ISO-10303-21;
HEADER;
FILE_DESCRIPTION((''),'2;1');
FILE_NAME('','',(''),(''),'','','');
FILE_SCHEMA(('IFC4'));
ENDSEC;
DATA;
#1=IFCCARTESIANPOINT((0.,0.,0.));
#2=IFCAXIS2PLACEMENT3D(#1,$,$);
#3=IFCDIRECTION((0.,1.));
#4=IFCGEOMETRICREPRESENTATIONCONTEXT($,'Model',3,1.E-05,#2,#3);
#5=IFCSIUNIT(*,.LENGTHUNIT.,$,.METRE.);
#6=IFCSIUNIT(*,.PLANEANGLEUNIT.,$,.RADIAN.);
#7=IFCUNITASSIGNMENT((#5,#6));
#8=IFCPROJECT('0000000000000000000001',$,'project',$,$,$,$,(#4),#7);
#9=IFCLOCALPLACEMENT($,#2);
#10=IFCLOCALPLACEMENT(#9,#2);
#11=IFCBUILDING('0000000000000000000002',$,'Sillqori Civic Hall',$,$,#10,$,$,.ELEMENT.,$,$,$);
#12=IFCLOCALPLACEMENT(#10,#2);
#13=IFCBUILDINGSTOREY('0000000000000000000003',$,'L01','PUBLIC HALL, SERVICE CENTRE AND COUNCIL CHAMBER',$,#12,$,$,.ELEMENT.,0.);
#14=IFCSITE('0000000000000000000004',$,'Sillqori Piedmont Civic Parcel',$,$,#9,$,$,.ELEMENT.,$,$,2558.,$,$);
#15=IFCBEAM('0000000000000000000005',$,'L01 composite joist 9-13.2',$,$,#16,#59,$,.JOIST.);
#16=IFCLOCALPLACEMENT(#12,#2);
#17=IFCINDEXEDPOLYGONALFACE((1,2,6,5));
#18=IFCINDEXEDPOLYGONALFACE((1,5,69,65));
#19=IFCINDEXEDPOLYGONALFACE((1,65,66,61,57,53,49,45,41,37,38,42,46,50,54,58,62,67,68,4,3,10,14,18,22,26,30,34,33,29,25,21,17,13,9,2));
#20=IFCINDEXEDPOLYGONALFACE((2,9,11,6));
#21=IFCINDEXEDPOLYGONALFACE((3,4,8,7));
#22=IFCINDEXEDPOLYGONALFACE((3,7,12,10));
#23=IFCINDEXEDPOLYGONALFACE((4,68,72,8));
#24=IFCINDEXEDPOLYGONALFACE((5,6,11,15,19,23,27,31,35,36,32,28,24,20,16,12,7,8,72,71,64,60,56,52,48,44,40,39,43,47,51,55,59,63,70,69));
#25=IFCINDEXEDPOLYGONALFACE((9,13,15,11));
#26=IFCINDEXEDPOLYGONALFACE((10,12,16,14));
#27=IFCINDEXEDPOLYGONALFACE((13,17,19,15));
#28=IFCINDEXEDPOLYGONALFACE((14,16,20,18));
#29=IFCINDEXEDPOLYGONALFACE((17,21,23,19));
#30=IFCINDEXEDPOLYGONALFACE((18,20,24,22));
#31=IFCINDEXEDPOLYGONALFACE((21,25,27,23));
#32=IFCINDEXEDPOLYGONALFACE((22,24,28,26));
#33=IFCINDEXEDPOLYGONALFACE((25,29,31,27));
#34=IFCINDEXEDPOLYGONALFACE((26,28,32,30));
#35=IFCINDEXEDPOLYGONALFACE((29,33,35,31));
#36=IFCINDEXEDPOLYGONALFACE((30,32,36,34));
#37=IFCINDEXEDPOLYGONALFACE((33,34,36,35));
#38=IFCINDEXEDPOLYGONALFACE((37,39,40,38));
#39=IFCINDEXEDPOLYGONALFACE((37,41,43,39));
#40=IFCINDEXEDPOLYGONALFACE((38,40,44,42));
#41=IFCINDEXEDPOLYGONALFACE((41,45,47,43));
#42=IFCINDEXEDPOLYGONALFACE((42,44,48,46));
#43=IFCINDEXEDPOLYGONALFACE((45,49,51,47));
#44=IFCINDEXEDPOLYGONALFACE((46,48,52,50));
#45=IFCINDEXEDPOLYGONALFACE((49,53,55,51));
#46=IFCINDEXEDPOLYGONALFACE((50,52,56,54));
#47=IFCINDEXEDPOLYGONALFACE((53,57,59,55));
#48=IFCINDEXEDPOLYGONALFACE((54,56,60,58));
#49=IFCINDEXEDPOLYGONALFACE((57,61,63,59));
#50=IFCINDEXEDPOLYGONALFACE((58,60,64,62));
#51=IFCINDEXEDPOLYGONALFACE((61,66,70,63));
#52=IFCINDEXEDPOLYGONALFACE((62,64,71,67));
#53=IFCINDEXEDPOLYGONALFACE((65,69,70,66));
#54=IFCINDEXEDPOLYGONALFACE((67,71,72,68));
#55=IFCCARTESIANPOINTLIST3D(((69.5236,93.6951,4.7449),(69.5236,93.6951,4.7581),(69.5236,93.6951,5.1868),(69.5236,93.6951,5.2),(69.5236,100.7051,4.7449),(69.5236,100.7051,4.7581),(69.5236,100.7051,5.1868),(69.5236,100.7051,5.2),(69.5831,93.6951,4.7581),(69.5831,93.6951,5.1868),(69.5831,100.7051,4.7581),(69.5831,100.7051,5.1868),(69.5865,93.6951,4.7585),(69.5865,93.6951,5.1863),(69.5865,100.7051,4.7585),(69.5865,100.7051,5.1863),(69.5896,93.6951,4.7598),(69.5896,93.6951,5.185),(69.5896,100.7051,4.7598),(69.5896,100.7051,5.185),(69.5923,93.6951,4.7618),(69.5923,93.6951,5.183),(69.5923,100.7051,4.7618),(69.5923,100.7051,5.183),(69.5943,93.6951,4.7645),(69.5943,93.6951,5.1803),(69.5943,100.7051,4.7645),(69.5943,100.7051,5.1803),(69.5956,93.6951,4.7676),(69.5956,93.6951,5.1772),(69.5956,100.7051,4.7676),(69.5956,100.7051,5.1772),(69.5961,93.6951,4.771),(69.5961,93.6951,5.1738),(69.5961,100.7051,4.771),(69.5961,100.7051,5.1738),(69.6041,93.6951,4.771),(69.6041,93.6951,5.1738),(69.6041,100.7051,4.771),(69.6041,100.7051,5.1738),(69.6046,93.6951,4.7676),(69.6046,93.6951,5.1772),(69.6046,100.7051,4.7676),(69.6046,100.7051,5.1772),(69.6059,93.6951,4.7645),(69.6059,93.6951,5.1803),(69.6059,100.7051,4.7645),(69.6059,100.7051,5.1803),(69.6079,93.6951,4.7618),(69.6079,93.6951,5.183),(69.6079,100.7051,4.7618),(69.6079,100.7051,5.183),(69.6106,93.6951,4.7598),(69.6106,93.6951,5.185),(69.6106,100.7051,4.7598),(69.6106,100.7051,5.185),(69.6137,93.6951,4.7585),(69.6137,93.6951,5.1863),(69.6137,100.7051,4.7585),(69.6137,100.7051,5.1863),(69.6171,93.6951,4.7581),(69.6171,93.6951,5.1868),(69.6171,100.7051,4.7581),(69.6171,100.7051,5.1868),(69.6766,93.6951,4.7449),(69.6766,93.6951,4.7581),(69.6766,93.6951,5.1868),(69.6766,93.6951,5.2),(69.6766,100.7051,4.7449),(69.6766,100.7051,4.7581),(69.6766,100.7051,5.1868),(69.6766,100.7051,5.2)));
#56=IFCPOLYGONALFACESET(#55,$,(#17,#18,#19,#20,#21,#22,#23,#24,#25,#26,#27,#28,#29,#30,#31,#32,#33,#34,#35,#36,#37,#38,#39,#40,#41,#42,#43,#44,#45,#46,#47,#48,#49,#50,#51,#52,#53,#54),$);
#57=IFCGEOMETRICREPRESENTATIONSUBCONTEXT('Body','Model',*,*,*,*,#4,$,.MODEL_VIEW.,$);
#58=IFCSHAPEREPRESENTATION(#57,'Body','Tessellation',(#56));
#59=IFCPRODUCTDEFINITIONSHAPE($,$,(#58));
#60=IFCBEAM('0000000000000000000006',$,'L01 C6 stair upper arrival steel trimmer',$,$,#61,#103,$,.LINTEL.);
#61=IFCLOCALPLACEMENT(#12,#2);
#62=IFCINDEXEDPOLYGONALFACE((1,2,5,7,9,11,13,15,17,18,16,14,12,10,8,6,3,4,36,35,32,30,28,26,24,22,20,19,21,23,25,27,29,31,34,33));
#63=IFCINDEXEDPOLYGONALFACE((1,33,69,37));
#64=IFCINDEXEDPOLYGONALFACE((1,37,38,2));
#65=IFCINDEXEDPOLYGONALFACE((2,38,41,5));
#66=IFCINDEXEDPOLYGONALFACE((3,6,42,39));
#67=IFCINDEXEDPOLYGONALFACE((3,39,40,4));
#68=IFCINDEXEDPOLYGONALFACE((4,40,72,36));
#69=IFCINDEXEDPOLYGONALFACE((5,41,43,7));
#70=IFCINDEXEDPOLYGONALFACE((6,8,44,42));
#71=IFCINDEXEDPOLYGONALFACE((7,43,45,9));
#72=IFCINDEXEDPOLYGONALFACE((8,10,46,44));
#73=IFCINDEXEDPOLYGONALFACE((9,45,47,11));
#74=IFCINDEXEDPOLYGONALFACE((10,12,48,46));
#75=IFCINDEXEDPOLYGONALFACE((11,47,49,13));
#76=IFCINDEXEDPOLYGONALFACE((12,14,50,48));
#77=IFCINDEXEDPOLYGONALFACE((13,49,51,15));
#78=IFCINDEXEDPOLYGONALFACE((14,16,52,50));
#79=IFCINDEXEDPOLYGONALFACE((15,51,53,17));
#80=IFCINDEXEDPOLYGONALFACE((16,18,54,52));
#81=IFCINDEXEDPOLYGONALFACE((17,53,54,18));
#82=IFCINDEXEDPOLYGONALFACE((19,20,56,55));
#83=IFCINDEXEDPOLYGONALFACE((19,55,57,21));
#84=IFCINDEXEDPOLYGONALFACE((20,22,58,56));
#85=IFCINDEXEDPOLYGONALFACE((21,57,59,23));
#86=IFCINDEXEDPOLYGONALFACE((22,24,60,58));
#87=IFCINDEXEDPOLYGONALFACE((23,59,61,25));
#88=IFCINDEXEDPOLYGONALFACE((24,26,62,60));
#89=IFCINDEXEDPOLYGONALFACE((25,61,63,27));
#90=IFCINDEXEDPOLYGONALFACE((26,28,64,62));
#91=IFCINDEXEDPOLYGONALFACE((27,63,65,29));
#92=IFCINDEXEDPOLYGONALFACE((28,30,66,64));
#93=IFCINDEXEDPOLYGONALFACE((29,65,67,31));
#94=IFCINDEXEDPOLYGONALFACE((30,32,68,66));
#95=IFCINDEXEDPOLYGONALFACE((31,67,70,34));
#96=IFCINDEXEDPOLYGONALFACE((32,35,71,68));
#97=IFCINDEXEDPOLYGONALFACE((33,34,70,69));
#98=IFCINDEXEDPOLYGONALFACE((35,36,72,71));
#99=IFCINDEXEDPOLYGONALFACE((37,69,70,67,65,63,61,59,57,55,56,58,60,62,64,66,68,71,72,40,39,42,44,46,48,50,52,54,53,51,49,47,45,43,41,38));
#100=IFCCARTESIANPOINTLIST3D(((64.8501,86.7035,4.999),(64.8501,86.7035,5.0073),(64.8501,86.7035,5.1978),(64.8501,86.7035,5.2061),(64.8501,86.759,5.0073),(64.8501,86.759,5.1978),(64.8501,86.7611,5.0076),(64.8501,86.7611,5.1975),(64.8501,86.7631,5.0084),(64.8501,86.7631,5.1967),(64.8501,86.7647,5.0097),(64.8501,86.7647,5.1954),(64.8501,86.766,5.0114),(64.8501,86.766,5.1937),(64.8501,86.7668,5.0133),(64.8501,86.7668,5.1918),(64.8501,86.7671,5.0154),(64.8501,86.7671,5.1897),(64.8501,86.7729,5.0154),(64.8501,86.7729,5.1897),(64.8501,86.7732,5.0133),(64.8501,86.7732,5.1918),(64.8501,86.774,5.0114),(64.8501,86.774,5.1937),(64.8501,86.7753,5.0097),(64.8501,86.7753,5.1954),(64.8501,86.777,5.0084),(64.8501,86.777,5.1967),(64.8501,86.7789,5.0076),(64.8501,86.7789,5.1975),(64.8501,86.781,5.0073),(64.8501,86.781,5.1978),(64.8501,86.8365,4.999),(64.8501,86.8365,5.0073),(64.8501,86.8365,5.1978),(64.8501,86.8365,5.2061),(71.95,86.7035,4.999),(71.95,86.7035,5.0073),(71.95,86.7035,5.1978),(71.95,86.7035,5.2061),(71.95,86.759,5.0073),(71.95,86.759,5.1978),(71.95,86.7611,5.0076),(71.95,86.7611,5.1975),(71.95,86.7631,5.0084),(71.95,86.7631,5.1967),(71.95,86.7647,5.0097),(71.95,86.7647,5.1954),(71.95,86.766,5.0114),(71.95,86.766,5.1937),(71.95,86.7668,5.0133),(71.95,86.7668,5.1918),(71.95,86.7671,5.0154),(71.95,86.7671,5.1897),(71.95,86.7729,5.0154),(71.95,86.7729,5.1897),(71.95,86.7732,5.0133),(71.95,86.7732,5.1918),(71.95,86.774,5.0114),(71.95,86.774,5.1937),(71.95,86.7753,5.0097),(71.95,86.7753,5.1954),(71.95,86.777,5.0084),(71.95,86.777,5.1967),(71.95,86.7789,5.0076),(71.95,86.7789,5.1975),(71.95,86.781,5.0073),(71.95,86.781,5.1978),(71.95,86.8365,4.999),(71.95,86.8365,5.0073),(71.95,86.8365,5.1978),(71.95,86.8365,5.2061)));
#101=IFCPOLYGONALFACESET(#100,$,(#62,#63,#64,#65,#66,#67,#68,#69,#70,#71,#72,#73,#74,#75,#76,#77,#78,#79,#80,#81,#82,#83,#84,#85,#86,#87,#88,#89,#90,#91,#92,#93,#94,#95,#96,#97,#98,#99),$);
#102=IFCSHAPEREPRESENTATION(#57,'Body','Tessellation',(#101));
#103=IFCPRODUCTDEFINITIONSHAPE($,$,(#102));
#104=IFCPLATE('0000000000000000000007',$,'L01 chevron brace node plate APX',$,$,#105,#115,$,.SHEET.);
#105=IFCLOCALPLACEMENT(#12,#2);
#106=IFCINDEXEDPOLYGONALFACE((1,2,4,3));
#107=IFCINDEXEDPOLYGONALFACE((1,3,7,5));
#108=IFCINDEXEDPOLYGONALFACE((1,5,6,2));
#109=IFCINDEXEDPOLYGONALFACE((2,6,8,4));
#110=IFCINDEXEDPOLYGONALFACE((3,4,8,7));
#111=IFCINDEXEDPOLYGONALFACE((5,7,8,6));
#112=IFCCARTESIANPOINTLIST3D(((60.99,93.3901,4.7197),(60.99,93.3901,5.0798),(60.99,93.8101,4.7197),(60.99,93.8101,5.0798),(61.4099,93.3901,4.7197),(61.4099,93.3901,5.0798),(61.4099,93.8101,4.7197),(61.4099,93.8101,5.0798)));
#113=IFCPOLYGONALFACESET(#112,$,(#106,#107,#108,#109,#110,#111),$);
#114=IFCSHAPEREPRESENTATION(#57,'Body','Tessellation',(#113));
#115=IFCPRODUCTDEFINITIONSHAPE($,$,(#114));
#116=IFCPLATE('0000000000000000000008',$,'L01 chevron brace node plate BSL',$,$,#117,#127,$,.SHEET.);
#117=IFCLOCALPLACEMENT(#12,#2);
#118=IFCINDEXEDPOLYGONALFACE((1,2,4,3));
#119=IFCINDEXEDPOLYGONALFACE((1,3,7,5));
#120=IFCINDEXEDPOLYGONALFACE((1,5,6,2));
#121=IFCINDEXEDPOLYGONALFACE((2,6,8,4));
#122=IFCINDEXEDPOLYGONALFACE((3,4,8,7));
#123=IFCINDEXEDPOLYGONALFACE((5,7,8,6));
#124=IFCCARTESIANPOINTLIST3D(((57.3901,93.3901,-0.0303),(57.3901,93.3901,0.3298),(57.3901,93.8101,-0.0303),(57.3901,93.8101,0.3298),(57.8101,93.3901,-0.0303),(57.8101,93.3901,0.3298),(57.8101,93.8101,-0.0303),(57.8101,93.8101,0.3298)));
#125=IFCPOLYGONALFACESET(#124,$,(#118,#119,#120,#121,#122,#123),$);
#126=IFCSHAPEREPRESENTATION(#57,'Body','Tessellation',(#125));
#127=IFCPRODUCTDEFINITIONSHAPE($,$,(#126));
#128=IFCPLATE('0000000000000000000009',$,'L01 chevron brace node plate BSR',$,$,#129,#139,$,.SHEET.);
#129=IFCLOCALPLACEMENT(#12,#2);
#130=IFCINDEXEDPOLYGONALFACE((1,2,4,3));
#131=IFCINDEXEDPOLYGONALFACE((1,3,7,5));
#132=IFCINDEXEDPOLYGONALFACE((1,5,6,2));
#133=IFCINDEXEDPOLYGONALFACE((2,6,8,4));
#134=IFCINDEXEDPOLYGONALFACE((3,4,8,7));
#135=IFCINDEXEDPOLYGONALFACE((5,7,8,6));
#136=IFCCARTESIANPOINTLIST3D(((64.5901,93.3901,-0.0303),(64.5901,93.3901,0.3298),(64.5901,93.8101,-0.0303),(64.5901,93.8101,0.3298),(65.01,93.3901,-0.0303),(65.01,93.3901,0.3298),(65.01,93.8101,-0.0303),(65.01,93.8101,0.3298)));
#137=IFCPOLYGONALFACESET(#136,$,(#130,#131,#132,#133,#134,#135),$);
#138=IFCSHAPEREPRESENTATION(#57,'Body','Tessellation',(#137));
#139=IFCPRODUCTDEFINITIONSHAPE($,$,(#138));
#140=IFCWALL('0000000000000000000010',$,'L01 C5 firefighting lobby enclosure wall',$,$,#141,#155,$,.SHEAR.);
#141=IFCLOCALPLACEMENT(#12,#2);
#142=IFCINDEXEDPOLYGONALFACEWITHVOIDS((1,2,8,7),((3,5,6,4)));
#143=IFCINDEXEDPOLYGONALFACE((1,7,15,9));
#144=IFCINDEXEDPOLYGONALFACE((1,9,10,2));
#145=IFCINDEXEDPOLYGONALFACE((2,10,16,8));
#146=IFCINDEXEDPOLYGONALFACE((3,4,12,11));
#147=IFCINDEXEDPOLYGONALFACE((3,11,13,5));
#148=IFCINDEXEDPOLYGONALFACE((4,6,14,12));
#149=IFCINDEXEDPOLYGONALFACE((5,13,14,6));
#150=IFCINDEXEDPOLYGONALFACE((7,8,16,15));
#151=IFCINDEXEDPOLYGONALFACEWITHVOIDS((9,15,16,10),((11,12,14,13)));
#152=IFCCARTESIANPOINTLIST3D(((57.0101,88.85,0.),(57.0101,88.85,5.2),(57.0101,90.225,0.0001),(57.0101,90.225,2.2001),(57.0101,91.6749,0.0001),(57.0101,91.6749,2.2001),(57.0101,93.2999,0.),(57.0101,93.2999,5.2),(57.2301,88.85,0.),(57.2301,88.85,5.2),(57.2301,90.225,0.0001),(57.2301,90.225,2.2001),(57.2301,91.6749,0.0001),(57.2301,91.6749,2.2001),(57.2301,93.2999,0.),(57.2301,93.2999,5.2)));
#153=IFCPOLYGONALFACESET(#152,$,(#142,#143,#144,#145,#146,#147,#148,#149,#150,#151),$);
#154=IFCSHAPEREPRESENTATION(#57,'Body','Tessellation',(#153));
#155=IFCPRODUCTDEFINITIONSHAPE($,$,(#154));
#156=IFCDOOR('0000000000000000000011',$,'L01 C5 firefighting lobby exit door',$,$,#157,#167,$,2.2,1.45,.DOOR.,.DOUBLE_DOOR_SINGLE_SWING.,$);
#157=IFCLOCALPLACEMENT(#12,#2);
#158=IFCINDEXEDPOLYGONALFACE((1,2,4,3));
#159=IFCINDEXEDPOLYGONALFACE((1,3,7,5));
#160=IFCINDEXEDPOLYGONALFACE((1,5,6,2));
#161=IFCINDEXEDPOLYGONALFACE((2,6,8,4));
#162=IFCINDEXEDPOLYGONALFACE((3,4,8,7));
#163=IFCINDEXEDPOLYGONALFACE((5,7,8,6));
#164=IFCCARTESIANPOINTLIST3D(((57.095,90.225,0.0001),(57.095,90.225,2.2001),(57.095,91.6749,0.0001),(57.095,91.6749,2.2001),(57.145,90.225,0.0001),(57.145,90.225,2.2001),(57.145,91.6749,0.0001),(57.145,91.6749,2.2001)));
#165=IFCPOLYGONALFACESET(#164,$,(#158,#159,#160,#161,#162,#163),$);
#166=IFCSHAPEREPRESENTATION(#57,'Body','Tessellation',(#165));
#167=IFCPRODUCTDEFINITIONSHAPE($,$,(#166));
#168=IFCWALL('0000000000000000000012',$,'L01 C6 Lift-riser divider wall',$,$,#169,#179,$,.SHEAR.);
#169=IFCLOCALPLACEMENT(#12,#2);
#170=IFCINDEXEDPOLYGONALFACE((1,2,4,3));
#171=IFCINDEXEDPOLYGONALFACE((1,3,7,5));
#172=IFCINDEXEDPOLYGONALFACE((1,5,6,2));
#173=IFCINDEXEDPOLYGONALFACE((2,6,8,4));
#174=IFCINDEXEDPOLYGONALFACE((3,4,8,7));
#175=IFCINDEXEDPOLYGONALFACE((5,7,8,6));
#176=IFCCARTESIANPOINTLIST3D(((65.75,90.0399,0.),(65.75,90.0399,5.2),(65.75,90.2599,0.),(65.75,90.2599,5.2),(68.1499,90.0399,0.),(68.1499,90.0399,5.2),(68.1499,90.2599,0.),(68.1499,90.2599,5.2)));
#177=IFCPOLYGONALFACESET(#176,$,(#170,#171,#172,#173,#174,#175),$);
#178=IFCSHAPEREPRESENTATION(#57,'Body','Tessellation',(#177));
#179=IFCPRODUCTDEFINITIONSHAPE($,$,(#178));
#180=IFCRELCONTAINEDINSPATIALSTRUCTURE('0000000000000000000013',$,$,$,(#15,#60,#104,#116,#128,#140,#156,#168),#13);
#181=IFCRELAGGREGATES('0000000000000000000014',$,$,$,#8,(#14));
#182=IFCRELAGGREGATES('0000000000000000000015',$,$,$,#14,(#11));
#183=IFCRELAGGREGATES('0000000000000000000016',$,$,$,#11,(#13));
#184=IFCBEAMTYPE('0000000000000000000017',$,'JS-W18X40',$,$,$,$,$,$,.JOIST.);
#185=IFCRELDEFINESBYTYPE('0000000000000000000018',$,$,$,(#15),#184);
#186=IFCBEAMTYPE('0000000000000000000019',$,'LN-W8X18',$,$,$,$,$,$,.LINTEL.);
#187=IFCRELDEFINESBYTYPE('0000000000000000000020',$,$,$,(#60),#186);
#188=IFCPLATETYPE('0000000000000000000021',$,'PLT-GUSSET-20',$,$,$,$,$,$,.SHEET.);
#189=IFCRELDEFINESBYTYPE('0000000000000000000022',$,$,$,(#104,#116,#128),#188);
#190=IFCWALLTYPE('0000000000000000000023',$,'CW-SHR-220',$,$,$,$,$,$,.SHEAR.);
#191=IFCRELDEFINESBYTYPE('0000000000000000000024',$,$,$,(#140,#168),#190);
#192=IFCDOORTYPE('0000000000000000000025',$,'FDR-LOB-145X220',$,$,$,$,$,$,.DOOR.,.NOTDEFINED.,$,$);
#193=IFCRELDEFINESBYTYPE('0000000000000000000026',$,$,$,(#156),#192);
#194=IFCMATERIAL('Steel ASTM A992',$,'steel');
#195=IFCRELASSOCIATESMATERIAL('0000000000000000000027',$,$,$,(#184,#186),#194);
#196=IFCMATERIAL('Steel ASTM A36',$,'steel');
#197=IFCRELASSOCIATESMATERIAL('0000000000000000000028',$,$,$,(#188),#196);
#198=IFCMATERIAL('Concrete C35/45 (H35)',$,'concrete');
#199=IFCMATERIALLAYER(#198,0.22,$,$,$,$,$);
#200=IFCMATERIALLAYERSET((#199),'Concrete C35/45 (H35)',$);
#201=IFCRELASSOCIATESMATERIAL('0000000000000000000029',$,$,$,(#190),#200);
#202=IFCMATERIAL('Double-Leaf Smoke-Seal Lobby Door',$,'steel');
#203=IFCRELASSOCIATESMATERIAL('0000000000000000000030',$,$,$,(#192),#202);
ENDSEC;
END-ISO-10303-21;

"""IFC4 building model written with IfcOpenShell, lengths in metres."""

from ifc_helpers import new_model, si_unit, direction, frame, frame_2d, origin, origin_2d, place, context, subcontext, project, spatial, rectangle, i_section, extrude, material, layer, layer_set, material_profile, profile_set, type_object, element, fill, save


model = new_model("IFC4")

# Units and contexts
model_context = context("Model", 3, precision=1e-05, world=origin(), true_north=direction((0.0, 1.0)))
body_context = subcontext(model_context, "Body", "Model", "MODEL_VIEW")
ifc_project = project(units=[si_unit("LENGTHUNIT", "METRE"), si_unit("PLANEANGLEUNIT", "RADIAN")], contexts=[model_context])

# Site, building, storey
site_placement = place(None, origin())
site = spatial("IfcSite", under=ifc_project, at=site_placement, Name="Sillqori Piedmont Civic Parcel", CompositionType="ELEMENT", RefElevation=2558.0)
building_placement = place(site_placement, origin())
building = spatial("IfcBuilding", under=site, at=building_placement, Name="Sillqori Civic Hall", CompositionType="ELEMENT")
storey_placement = place(building_placement, origin())
storey = spatial("IfcBuildingStorey", under=building, at=storey_placement, Name="L01", Description="PUBLIC HALL, SERVICE CENTRE AND COUNCIL CHAMBER", CompositionType="ELEMENT", Elevation=0.0)

# Shared definitions
ifc_material_1 = material(Name="Steel ASTM A992", Category="steel")

# Beams
ifc_material_profile_1 = material_profile(ifc_material_1, i_section(OverallWidth=0.1531, OverallDepth=0.4551, WebThickness=0.0081, FlangeThickness=0.0132, FilletRadius=0.0129, at=origin_2d()), Name="W18X40")
ifc_profile_set_1 = profile_set([ifc_material_profile_1], Name="Steel ASTM A992")
beam_type_1 = type_object("IfcBeamType", Name="JS-W18X40", PredefinedType="JOIST", material=ifc_profile_set_1)
for number, where, z_axis, x_axis, name in (
    (1, (69.6001, 93.6951, 4.9724), (0.0, 1.0, 0.0), (-1.0, 0.0, 0.0), "L01 composite joist 9-13.2"),
):
    element("IfcBeam", number, at=place(storey_placement, frame(where, z_axis=z_axis, x_axis=x_axis)), inside=storey, type_object=beam_type_1, Name=name, PredefinedType="JOIST", context=body_context, shape_type="SweptSolid", body=[
        extrude(i_section(OverallWidth=0.1531, OverallDepth=0.4551, WebThickness=0.0081, FlangeThickness=0.0132, FilletRadius=0.0129, at=origin_2d()), origin(), (0.0, 0.0, 1.0), 7.01),
    ])
ifc_material_profile_2 = material_profile(ifc_material_1, i_section(OverallWidth=0.1331, OverallDepth=0.207, WebThickness=0.0059, FlangeThickness=0.0083, FilletRadius=0.0081, at=origin_2d()), Name="W8X18")
ifc_profile_set_2 = profile_set([ifc_material_profile_2], Name="Steel ASTM A992")
beam_type_2 = type_object("IfcBeamType", Name="LN-W8X18", PredefinedType="LINTEL", material=ifc_profile_set_2)
beam_1_placement = place(storey_placement, frame((64.8501, 86.77, 5.1025), z_axis=(1.0, 0.0, 0.0), x_axis=(0.0, 1.0, 0.0)))
element("IfcBeam", 2, at=beam_1_placement, inside=storey, type_object=beam_type_2, Name="L01 C6 stair upper arrival steel trimmer", PredefinedType="LINTEL", context=body_context, shape_type="SweptSolid", body=[
    extrude(i_section(OverallWidth=0.1331, OverallDepth=0.207, WebThickness=0.0059, FlangeThickness=0.0083, FilletRadius=0.0081, at=origin_2d()), origin(), (0.0, 0.0, 1.0), 7.0999),
])

# Plates
ifc_material_2 = material(Name="Steel ASTM A36", Category="steel")
plate_type = type_object("IfcPlateType", Name="PLT-GUSSET-20", PredefinedType="SHEET", material=ifc_material_2)
for number, where, z_axis, x_axis, name in (
    (3, (61.2, 93.6001, 4.7197), (0.0, 0.0, 1.0), (1.0, 0.0, 0.0), "L01 chevron brace node plate APX"),
    (4, (57.6001, 93.6001, -0.0303), (0.0, 0.0, 1.0), (1.0, 0.0, 0.0), "L01 chevron brace node plate BSL"),
    (5, (64.8, 93.6001, -0.0303), (0.0, 0.0, 1.0), (1.0, 0.0, 0.0), "L01 chevron brace node plate BSR"),
):
    element("IfcPlate", number, at=place(storey_placement, frame(where, z_axis=z_axis, x_axis=x_axis)), inside=storey, type_object=plate_type, Name=name, PredefinedType="SHEET", context=body_context, shape_type="SweptSolid", body=[
        extrude(rectangle(XDim=0.4199, YDim=0.4199, at=origin_2d()), origin(), (0.0, 0.0, 1.0), 0.3601),
    ])

# Wall, opening, door
ifc_material_3 = material(Name="Concrete C35/45 (H35)", Category="concrete")
ifc_layer_1 = layer(ifc_material_3, 0.22)
ifc_layer_set_1 = layer_set([ifc_layer_1], Name="Concrete C35/45 (H35)")
wall_type_1 = type_object("IfcWallType", Name="CW-SHR-220", PredefinedType="SHEAR", material=ifc_layer_set_1)
wall_1_placement = place(storey_placement, frame((57.1201, 93.3, 0.0), z_axis=(0.0, 0.0, 1.0), x_axis=(0.0, -1.0, 0.0)))
wall_1 = element("IfcWall", 6, at=wall_1_placement, inside=storey, type_object=wall_type_1, Name="L01 C5 firefighting lobby enclosure wall", PredefinedType="SHEAR", context=body_context, shape_type="SweptSolid", body=[
    extrude(rectangle(XDim=4.45, YDim=0.22, at=frame_2d((2.2251, 0.0))), origin(), (0.0, 0.0, 1.0), 5.2),
])
opening_1_placement = place(wall_1_placement, frame((1.625, 0.0, 0.0)))
opening_1 = element("IfcOpeningElement", 7, at=opening_1_placement, cuts=wall_1, PredefinedType="OPENING", context=body_context, shape_type="SweptSolid", body=[
    extrude(rectangle(XDim=1.45, YDim=2.2, at=frame_2d((0.7251, 1.1001))), frame((0.0, 0.1199, 0.0), z_axis=(0.0, -1.0, 0.0), x_axis=(1.0, 0.0, 0.0)), (0.0, 0.0, 1.0), 0.24),
])
ifc_material_4 = material(Name="Double-Leaf Smoke-Seal Lobby Door", Category="steel")
door_type_1 = type_object("IfcDoorType", Name="FDR-LOB-145X220", OperationType="NOTDEFINED", PredefinedType="DOOR", material=ifc_material_4)
door_1_placement = place(opening_1_placement, origin())
door_1 = element("IfcDoor", 8, at=door_1_placement, inside=storey, type_object=door_type_1, Name="L01 C5 firefighting lobby exit door", OperationType="DOUBLE_DOOR_SINGLE_SWING", OverallHeight=2.2, OverallWidth=1.45, PredefinedType="DOOR", context=body_context, shape_type="SweptSolid", body=[
    extrude(rectangle(XDim=1.45, YDim=2.2, at=frame_2d((0.7251, 1.1001))), frame((0.0, 0.0249, 0.0), z_axis=(0.0, -1.0, 0.0), x_axis=(1.0, 0.0, 0.0)), (0.0, 0.0, 1.0), 0.05),
])
fill(opening_1, door_1)

# Wall
wall_2_placement = place(storey_placement, frame((65.75, 90.1499, 0.0), z_axis=(0.0, 0.0, 1.0), x_axis=(1.0, 0.0, 0.0)))
element("IfcWall", 9, at=wall_2_placement, inside=storey, type_object=wall_type_1, Name="L01 C6 Lift-riser divider wall", PredefinedType="SHEAR", context=body_context, shape_type="SweptSolid", body=[
    extrude(rectangle(XDim=2.3999, YDim=0.22, at=frame_2d((1.2, 0.0))), origin(), (0.0, 0.0, 1.0), 5.2),
])

save(model, "model.ifc")
